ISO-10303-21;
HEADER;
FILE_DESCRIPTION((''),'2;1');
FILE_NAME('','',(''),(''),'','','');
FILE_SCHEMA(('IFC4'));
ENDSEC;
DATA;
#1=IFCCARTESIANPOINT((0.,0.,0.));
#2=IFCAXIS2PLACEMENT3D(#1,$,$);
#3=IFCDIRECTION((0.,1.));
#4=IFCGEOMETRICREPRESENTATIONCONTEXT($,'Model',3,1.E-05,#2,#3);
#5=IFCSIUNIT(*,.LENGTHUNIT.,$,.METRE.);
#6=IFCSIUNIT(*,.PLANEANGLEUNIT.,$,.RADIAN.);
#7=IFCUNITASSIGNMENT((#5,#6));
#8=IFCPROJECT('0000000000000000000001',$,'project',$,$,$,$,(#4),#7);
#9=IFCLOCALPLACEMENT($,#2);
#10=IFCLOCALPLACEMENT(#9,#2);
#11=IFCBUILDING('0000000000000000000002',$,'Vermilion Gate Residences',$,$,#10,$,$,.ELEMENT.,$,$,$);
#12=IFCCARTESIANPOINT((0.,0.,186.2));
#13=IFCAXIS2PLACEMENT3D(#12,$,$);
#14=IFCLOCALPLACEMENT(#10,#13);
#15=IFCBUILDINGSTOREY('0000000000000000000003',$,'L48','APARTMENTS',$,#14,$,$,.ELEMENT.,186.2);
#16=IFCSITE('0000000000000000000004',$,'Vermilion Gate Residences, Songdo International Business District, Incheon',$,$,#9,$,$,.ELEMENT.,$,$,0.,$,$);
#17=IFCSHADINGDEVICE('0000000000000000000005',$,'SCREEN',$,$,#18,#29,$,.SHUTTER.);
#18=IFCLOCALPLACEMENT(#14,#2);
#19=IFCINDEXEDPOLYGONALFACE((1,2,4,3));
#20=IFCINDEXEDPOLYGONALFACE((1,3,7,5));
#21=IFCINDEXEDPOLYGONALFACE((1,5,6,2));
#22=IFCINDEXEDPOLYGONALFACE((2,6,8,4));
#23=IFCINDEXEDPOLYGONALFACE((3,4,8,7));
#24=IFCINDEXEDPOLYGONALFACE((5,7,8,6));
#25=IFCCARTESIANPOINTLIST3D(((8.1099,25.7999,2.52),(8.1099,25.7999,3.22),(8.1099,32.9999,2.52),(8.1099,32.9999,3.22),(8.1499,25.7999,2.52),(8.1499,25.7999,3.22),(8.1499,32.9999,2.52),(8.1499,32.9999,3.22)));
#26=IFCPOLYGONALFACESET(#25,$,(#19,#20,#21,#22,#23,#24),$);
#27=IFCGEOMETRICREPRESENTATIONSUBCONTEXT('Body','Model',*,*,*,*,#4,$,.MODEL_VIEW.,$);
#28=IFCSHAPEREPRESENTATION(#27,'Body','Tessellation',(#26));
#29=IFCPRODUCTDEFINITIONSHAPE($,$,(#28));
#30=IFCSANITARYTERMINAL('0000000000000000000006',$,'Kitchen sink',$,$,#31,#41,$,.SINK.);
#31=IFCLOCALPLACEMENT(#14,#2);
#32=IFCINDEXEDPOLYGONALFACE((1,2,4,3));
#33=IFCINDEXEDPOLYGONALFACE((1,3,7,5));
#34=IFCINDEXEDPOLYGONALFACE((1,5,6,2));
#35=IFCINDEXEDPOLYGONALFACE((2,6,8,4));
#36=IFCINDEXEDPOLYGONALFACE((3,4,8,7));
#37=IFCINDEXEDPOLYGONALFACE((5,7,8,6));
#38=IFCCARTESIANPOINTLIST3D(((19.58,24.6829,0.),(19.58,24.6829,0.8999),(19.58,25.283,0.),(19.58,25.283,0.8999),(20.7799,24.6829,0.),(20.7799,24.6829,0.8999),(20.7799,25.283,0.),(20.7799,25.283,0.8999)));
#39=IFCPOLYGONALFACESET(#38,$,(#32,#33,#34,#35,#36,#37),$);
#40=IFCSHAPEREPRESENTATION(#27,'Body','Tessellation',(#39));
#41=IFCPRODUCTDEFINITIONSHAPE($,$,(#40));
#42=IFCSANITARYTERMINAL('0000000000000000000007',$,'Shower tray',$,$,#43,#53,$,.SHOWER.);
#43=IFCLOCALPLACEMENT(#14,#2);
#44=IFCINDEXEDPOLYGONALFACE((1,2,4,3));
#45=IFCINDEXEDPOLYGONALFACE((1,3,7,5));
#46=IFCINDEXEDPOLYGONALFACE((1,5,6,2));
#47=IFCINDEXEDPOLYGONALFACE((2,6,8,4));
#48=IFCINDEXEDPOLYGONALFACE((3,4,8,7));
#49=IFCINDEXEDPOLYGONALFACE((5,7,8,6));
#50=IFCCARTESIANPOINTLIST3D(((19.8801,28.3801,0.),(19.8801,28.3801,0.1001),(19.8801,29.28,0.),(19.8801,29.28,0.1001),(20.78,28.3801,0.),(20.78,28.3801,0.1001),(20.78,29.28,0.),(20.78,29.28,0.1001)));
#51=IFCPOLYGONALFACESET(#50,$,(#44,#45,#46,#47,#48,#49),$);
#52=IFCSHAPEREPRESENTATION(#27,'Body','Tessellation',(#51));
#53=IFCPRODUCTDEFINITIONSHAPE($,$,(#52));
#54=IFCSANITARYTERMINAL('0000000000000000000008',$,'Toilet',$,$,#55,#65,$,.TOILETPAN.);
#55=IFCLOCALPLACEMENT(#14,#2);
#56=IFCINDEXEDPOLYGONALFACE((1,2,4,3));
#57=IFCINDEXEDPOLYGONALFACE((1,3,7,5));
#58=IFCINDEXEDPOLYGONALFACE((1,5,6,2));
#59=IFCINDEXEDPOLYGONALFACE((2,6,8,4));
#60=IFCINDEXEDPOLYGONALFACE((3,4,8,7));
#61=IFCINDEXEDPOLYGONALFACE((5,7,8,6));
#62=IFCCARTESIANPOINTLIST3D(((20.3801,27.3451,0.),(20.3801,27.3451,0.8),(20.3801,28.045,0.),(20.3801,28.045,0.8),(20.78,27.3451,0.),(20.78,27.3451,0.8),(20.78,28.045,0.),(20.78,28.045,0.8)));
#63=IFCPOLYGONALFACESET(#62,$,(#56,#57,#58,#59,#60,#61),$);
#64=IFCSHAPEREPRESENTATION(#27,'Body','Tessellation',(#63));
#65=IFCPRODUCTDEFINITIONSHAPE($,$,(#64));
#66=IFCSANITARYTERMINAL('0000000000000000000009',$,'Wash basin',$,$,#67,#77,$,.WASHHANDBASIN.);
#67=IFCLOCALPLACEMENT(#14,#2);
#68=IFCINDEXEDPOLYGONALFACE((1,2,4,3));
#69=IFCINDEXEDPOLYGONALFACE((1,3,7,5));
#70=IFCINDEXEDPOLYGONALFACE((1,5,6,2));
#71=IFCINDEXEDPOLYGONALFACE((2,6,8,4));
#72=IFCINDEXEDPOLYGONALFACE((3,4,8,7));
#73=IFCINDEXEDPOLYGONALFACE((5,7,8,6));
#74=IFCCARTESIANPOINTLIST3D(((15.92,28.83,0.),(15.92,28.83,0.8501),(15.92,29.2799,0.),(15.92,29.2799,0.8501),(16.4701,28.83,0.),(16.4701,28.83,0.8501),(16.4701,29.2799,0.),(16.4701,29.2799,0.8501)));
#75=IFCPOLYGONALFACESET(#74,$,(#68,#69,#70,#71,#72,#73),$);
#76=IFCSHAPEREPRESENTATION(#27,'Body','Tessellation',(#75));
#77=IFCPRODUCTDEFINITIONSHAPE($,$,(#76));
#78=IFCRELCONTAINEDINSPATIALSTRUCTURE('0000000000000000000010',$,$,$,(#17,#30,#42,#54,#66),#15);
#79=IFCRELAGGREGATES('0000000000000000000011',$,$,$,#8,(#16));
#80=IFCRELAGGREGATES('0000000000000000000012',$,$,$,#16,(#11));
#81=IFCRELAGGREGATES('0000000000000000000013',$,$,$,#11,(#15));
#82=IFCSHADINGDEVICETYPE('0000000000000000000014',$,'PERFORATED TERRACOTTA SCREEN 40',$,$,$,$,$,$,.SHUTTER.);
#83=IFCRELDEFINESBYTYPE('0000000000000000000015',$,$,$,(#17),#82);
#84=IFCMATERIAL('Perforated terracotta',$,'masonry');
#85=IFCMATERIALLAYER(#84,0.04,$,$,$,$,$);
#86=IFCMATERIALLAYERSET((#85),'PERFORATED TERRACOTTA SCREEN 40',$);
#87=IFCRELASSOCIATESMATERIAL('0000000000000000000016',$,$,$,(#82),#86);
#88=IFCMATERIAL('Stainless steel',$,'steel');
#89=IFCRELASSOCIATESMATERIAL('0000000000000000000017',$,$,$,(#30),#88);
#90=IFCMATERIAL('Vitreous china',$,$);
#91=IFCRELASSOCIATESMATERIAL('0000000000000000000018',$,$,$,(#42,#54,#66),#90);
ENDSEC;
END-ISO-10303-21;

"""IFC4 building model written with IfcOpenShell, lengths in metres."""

from ifc_helpers import new_model, si_unit, direction, frame, origin, origin_2d, place, context, subcontext, project, spatial, rectangle, extrude, material, layer, layer_set, type_object, element, save


model = new_model("IFC4")

# Units and contexts
model_context = context("Model", 3, precision=1e-05, world=origin(), true_north=direction((0.0, 1.0)))
body_context = subcontext(model_context, "Body", "Model", "MODEL_VIEW")
ifc_project = project(units=[si_unit("LENGTHUNIT", "METRE"), si_unit("PLANEANGLEUNIT", "RADIAN")], contexts=[model_context])

# Site, building, storey
site_placement = place(None, origin())
site = spatial("IfcSite", under=ifc_project, at=site_placement, Name="Vermilion Gate Residences, Songdo International Business District, Incheon", CompositionType="ELEMENT", RefElevation=0.0)
building_placement = place(site_placement, origin())
building = spatial("IfcBuilding", under=site, at=building_placement, Name="Vermilion Gate Residences", CompositionType="ELEMENT")
storey_placement = place(building_placement, frame((0.0, 0.0, 186.2)))
storey = spatial("IfcBuildingStorey", under=building, at=storey_placement, Name="L48", Description="APARTMENTS", CompositionType="ELEMENT", Elevation=186.2)

# Shading device
ifc_material_1 = material(Name="Perforated terracotta", Category="masonry")
ifc_layer_1 = layer(ifc_material_1, 0.04)
ifc_layer_set_1 = layer_set([ifc_layer_1], Name="PERFORATED TERRACOTTA SCREEN 40")
shading_device_type = type_object("IfcShadingDeviceType", Name="PERFORATED TERRACOTTA SCREEN 40", PredefinedType="SHUTTER", material=ifc_layer_set_1)
shading_device_placement = place(storey_placement, frame((8.1299, 29.3999, 2.52), z_axis=(0.0, 0.0, 1.0), x_axis=(0.0, -1.0, 0.0)))
element("IfcShadingDevice", 1, at=shading_device_placement, inside=storey, type_object=shading_device_type, Name="SCREEN", PredefinedType="SHUTTER", context=body_context, shape_type="SweptSolid", body=[
    extrude(rectangle(XDim=7.2, YDim=0.04, at=origin_2d()), origin(), (0.0, 0.0, 1.0), 0.7),
])

# Sanitary terminals
ifc_material_2 = material(Name="Stainless steel", Category="steel")
sanitary_terminal_1_placement = place(storey_placement, frame((20.1799, 24.9829, 0.0), z_axis=(0.0, 0.0, 1.0), x_axis=(1.0, 0.0, 0.0)))
element("IfcSanitaryTerminal", 2, at=sanitary_terminal_1_placement, inside=storey, material=ifc_material_2, Name="Kitchen sink", PredefinedType="SINK", context=body_context, shape_type="SweptSolid", body=[
    extrude(rectangle(XDim=1.2, YDim=0.6001, at=origin_2d()), origin(), (0.0, 0.0, 1.0), 0.8999),
])
ifc_material_3 = material(Name="Vitreous china")
sanitary_terminal_2_placement = place(storey_placement, frame((20.3301, 28.8301, 0.0), z_axis=(0.0, 0.0, 1.0), x_axis=(1.0, 0.0, 0.0)))
element("IfcSanitaryTerminal", 3, at=sanitary_terminal_2_placement, inside=storey, material=ifc_material_3, Name="Shower tray", PredefinedType="SHOWER", context=body_context, shape_type="SweptSolid", body=[
    extrude(rectangle(XDim=0.8999, YDim=0.8999, at=origin_2d()), origin(), (0.0, 0.0, 1.0), 0.1001),
])
sanitary_terminal_3_placement = place(storey_placement, frame((20.5801, 27.6951, 0.0), z_axis=(0.0, 0.0, 1.0), x_axis=(1.0, 0.0, 0.0)))
element("IfcSanitaryTerminal", 4, at=sanitary_terminal_3_placement, inside=storey, material=ifc_material_3, Name="Toilet", PredefinedType="TOILETPAN", context=body_context, shape_type="SweptSolid", body=[
    extrude(rectangle(XDim=0.3999, YDim=0.7, at=origin_2d()), origin(), (0.0, 0.0, 1.0), 0.8),
])
sanitary_terminal_4_placement = place(storey_placement, frame((16.1951, 29.0549, 0.0), z_axis=(0.0, 0.0, 1.0), x_axis=(1.0, 0.0, 0.0)))
element("IfcSanitaryTerminal", 5, at=sanitary_terminal_4_placement, inside=storey, material=ifc_material_3, Name="Wash basin", PredefinedType="WASHHANDBASIN", context=body_context, shape_type="SweptSolid", body=[
    extrude(rectangle(XDim=0.55, YDim=0.45, at=origin_2d()), origin(), (0.0, 0.0, 1.0), 0.8501),
])

save(model, "model.ifc")
